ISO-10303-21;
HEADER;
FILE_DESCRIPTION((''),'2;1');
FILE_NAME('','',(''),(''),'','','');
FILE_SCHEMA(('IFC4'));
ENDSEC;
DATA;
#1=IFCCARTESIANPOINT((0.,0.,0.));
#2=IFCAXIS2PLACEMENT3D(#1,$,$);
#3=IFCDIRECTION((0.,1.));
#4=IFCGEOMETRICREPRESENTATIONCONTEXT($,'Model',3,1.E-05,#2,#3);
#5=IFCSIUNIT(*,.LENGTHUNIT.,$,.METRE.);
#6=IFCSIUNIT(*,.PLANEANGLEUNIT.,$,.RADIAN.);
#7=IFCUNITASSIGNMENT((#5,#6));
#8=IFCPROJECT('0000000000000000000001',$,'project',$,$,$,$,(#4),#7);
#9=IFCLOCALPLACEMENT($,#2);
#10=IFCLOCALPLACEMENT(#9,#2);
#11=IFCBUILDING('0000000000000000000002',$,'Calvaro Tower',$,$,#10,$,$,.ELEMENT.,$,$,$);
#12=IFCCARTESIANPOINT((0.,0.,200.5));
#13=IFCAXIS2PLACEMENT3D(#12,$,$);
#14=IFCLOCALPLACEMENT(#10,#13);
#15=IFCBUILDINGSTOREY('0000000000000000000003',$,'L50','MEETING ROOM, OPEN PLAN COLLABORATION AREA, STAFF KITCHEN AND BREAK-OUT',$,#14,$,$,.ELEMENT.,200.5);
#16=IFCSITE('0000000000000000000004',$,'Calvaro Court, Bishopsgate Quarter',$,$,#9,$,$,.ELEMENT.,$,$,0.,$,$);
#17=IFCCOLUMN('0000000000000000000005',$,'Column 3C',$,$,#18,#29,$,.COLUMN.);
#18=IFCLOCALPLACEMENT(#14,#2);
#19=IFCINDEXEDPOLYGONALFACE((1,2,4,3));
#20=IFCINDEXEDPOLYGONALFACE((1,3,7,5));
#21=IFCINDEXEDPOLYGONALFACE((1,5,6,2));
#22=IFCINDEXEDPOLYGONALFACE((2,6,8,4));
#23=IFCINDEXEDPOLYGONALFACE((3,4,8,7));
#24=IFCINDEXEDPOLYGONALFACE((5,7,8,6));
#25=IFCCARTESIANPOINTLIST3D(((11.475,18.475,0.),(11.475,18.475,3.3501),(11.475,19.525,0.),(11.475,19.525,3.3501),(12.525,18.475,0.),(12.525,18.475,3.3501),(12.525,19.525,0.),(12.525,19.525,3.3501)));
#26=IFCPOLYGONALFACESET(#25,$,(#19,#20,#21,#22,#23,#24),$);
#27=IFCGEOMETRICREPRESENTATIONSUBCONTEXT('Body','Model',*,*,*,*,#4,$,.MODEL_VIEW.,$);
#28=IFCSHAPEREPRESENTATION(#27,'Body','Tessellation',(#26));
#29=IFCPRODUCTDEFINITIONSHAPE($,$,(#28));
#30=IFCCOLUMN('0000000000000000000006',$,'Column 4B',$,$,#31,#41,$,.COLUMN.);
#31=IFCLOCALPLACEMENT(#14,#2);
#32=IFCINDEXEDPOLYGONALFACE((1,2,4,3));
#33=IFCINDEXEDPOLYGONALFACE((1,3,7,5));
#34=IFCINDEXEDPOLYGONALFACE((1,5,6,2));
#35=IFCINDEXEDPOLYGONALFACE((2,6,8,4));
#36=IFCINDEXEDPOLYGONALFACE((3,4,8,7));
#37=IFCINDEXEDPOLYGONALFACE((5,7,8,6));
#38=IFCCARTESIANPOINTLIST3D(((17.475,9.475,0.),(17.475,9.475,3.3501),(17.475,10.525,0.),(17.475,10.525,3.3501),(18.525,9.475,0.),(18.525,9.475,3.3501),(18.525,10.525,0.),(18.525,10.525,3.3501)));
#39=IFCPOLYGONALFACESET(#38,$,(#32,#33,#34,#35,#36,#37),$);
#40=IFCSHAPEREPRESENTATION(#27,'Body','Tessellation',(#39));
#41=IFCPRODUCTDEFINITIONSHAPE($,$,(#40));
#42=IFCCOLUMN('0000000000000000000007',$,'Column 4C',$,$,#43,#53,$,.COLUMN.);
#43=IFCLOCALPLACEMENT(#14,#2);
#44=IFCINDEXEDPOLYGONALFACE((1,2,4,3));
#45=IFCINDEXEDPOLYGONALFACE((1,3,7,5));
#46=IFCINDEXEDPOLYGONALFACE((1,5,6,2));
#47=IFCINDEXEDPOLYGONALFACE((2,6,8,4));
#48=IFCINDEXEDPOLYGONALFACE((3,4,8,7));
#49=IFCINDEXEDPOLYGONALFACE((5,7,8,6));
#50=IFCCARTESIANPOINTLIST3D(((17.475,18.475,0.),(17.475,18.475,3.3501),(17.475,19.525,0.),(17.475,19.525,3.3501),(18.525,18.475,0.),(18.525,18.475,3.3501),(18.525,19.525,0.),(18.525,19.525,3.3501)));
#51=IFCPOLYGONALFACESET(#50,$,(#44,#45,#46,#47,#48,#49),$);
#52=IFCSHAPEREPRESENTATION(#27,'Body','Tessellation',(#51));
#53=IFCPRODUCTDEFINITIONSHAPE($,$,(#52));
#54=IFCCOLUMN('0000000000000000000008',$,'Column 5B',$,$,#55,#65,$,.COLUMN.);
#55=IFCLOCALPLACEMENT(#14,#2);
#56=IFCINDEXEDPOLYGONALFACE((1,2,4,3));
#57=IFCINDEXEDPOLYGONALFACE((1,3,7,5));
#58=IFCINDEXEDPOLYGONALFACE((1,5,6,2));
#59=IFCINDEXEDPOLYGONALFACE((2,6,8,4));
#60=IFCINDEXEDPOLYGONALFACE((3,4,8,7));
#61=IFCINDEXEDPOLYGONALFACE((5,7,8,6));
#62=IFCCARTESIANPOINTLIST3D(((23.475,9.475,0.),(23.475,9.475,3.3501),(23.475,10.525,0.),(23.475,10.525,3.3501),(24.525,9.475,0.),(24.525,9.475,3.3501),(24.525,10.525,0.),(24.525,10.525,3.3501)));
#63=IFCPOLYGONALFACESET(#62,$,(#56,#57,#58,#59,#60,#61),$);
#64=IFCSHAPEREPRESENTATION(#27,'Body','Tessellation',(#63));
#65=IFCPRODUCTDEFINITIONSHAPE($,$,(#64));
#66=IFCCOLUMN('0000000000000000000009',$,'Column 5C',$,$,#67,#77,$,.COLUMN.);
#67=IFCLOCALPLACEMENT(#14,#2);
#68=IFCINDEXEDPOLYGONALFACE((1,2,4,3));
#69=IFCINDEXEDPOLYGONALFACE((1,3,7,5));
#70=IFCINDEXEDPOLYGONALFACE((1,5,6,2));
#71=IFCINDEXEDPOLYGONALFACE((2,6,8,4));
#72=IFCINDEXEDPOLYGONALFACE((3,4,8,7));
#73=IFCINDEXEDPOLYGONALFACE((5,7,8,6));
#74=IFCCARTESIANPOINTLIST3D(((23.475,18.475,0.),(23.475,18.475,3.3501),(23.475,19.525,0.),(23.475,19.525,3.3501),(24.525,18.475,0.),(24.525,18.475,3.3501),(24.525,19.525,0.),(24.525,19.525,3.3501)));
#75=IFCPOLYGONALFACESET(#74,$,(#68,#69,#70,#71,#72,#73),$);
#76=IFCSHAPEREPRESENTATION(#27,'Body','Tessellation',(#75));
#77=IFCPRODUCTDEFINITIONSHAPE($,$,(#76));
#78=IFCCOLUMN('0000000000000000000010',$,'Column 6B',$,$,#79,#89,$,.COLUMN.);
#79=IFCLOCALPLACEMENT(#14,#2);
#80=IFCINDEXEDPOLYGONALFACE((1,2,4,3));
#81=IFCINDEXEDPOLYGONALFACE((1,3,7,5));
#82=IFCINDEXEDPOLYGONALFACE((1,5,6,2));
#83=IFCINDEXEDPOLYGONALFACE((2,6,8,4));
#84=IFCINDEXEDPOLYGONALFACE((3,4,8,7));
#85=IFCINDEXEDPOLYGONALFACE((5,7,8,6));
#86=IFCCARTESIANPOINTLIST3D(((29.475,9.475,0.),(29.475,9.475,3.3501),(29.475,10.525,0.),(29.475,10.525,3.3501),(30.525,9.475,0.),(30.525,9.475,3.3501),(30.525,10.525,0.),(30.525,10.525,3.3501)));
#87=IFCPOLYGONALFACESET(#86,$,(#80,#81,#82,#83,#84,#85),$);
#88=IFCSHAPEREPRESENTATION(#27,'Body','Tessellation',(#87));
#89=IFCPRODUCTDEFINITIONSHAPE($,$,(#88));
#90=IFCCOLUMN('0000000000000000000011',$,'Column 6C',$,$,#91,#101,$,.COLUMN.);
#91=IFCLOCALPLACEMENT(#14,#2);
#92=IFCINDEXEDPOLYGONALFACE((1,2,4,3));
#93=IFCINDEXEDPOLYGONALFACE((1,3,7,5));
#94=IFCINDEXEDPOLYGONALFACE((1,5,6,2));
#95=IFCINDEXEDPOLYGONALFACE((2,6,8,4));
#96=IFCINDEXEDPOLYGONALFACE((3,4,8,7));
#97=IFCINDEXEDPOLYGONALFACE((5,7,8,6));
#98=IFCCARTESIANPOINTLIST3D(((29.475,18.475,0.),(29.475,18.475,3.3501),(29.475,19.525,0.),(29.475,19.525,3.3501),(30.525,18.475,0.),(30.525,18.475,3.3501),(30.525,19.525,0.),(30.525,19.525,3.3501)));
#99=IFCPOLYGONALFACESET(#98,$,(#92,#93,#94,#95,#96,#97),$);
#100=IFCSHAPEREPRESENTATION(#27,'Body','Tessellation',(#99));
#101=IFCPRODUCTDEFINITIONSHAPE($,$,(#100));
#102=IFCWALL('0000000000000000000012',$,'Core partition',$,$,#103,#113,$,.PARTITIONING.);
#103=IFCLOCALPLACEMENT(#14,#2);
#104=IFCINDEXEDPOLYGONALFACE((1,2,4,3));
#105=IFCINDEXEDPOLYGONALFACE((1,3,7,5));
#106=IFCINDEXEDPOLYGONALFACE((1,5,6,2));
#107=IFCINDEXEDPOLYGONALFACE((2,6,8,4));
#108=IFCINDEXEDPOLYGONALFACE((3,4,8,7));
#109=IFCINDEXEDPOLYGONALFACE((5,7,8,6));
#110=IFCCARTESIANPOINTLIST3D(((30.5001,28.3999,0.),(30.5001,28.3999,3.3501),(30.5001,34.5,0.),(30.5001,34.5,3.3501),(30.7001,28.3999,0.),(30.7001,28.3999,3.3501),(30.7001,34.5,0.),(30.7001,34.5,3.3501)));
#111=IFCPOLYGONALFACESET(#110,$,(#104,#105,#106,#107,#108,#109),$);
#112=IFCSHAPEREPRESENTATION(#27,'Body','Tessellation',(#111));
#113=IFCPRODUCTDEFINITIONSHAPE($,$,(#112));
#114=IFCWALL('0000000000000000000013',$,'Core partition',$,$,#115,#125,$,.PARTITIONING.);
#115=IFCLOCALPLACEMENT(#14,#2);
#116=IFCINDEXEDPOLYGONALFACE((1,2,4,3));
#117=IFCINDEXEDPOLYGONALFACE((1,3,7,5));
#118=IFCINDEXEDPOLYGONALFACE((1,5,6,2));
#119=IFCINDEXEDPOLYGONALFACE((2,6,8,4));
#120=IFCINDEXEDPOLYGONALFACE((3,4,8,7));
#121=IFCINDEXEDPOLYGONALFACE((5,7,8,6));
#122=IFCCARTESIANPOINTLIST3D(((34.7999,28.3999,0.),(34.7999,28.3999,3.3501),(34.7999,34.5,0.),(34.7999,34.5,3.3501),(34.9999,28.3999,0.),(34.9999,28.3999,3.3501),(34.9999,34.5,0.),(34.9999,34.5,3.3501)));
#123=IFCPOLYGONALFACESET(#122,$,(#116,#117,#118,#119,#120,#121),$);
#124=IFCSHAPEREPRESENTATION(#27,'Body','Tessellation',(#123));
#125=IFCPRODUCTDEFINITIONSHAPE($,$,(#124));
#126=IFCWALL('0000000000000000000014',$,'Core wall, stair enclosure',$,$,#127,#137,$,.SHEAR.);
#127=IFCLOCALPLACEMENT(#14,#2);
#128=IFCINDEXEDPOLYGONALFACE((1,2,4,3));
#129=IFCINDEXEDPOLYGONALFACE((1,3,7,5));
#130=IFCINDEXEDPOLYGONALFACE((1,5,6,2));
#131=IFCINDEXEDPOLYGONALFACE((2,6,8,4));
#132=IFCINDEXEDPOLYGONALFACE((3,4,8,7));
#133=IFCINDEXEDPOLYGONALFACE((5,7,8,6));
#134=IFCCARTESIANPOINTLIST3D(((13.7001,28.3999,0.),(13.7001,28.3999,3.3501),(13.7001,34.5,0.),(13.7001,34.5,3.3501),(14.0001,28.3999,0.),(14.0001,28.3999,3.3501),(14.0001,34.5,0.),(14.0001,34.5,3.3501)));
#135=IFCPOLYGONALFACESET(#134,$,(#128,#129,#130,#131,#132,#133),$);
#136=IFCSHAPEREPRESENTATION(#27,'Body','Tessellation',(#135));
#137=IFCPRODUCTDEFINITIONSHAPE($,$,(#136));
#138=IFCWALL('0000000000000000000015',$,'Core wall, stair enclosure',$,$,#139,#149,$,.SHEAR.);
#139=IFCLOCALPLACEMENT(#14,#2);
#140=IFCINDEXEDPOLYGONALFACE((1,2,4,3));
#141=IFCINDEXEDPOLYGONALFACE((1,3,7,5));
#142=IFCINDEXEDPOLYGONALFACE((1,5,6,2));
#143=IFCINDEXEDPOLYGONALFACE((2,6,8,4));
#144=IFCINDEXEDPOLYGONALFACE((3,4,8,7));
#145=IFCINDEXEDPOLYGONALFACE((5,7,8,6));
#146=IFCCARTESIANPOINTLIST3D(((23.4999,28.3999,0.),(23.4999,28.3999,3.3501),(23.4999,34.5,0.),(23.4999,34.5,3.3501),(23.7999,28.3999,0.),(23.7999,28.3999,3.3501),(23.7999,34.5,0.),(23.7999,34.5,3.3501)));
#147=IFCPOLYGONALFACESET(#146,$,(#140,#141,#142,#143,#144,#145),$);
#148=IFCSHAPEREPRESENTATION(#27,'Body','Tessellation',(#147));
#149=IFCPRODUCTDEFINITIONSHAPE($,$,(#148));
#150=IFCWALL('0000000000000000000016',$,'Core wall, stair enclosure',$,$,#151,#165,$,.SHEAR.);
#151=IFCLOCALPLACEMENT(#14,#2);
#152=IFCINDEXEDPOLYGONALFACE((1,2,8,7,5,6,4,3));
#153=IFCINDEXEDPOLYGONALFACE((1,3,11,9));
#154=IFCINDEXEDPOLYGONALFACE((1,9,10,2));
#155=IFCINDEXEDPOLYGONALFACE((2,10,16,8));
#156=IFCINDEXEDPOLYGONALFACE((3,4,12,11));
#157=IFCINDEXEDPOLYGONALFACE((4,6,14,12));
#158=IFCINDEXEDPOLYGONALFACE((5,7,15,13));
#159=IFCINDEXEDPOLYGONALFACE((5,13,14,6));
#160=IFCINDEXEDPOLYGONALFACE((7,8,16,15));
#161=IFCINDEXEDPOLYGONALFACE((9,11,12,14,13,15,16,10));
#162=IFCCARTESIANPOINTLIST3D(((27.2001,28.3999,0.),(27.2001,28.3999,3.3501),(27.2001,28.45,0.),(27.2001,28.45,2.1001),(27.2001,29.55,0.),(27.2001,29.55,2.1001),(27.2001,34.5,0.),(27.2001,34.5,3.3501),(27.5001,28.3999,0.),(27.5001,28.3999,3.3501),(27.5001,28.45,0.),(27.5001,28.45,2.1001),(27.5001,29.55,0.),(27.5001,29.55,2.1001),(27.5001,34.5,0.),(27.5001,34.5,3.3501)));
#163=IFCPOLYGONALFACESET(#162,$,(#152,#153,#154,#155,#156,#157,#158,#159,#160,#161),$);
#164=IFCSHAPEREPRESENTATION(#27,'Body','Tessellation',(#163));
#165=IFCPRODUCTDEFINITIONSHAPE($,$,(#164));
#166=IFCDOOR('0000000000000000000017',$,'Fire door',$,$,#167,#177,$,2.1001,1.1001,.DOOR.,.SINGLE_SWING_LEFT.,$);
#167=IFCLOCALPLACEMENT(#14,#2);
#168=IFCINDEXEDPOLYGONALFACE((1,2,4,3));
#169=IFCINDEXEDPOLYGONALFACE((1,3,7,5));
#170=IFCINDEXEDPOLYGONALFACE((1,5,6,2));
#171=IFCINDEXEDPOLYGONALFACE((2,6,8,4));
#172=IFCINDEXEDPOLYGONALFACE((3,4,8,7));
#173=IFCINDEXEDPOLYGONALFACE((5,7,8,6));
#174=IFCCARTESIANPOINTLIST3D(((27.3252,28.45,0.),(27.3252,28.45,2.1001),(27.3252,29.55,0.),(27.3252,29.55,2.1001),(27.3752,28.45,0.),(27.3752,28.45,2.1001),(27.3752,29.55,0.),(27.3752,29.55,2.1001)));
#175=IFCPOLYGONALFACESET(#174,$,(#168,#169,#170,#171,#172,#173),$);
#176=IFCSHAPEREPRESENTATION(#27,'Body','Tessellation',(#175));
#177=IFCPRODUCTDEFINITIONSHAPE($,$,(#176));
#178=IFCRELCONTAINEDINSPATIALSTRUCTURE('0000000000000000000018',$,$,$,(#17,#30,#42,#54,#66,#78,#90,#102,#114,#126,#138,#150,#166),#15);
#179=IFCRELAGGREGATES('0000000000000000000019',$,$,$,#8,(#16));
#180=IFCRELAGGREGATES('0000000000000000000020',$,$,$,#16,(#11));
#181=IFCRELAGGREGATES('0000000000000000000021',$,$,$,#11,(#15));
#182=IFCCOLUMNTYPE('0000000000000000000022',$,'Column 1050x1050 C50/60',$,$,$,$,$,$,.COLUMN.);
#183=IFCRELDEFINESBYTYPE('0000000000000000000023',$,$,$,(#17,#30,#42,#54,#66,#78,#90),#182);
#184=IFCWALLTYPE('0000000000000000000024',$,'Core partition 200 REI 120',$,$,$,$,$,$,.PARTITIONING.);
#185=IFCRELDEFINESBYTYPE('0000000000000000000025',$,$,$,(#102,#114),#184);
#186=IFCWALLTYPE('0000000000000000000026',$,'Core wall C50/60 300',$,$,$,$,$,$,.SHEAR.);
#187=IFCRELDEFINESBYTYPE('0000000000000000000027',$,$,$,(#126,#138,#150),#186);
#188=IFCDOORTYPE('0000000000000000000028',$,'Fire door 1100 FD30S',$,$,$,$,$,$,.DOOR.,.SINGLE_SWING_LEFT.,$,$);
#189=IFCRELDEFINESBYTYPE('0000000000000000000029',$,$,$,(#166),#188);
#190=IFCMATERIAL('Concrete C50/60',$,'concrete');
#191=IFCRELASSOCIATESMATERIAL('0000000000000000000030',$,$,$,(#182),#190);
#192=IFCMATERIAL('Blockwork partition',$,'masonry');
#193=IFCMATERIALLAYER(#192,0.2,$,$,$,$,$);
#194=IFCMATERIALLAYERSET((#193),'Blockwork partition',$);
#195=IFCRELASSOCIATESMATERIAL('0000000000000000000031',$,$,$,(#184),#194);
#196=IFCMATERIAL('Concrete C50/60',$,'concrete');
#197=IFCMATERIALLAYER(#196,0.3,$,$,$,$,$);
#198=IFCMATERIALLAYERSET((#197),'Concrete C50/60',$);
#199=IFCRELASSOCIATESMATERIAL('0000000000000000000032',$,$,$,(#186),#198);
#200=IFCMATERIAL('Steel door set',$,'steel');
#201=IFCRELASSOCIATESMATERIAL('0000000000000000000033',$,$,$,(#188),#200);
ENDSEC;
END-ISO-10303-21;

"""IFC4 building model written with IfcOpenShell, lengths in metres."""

from ifc_helpers import new_model, si_unit, direction, frame, frame_2d, origin, origin_2d, place, context, subcontext, project, spatial, rectangle, extrude, material, layer, layer_set, material_profile, profile_set, type_object, element, fill, save


model = new_model("IFC4")

# Units and contexts
model_context = context("Model", 3, precision=1e-05, world=origin(), true_north=direction((0.0, 1.0)))
body_context = subcontext(model_context, "Body", "Model", "MODEL_VIEW")
ifc_project = project(units=[si_unit("LENGTHUNIT", "METRE"), si_unit("PLANEANGLEUNIT", "RADIAN")], contexts=[model_context])

# Site, building, storey
site_placement = place(None, origin())
site = spatial("IfcSite", under=ifc_project, at=site_placement, Name="Calvaro Court, Bishopsgate Quarter", CompositionType="ELEMENT", RefElevation=0.0)
building_placement = place(site_placement, origin())
building = spatial("IfcBuilding", under=site, at=building_placement, Name="Calvaro Tower", CompositionType="ELEMENT")
storey_placement = place(building_placement, frame((0.0, 0.0, 200.5)))
storey = spatial("IfcBuildingStorey", under=building, at=storey_placement, Name="L50", Description="MEETING ROOM, OPEN PLAN COLLABORATION AREA, STAFF KITCHEN AND BREAK-OUT", CompositionType="ELEMENT", Elevation=200.5)

# Columns
ifc_material_1 = material(Name="Concrete C50/60", Category="concrete")
ifc_material_profile = material_profile(ifc_material_1, rectangle(XDim=1.05, YDim=1.05, at=origin_2d()), Name="RC 1050x1050")
ifc_profile_set = profile_set([ifc_material_profile], Name="Concrete C50/60")
column_type = type_object("IfcColumnType", Name="Column 1050x1050 C50/60", PredefinedType="COLUMN", material=ifc_profile_set)
for number, where, z_axis, x_axis, name in (
    (1, (12.0, 19.0, 0.0), (0.0, 0.0, 1.0), (1.0, 0.0, 0.0), "Column 3C"),
    (2, (18.0, 10.0, 0.0), (0.0, 0.0, 1.0), (1.0, 0.0, 0.0), "Column 4B"),
    (3, (18.0, 19.0, 0.0), (0.0, 0.0, 1.0), (1.0, 0.0, 0.0), "Column 4C"),
    (4, (24.0, 10.0, 0.0), (0.0, 0.0, 1.0), (1.0, 0.0, 0.0), "Column 5B"),
    (5, (24.0, 19.0, 0.0), (0.0, 0.0, 1.0), (1.0, 0.0, 0.0), "Column 5C"),
    (6, (30.0, 10.0, 0.0), (0.0, 0.0, 1.0), (1.0, 0.0, 0.0), "Column 6B"),
    (7, (30.0, 19.0, 0.0), (0.0, 0.0, 1.0), (1.0, 0.0, 0.0), "Column 6C"),
):
    element("IfcColumn", number, at=place(storey_placement, frame(where, z_axis=z_axis, x_axis=x_axis)), inside=storey, type_object=column_type, Name=name, PredefinedType="COLUMN", context=body_context, shape_type="SweptSolid", body=[
        extrude(rectangle(XDim=1.05, YDim=1.05, at=origin_2d()), origin(), (0.0, 0.0, 1.0), 3.3501),
    ])

# Walls
ifc_material_2 = material(Name="Blockwork partition", Category="masonry")
ifc_layer_1 = layer(ifc_material_2, 0.2)
ifc_layer_set_1 = layer_set([ifc_layer_1], Name="Blockwork partition")
wall_type_1 = type_object("IfcWallType", Name="Core partition 200 REI 120", PredefinedType="PARTITIONING", material=ifc_layer_set_1)
for number, where, z_axis, x_axis, name in (
    (8, (30.6001, 28.3999, 0.0), (0.0, 0.0, 1.0), (0.0, 1.0, 0.0), "Core partition"),
    (9, (34.8999, 28.3999, 0.0), (0.0, 0.0, 1.0), (0.0, 1.0, 0.0), "Core partition"),
):
    element("IfcWall", number, at=place(storey_placement, frame(where, z_axis=z_axis, x_axis=x_axis)), inside=storey, type_object=wall_type_1, Name=name, PredefinedType="PARTITIONING", context=body_context, shape_type="SweptSolid", body=[
        extrude(rectangle(XDim=6.1001, YDim=0.2, at=frame_2d((3.05, 0.0))), origin(), (0.0, 0.0, 1.0), 3.3501),
    ])
ifc_material_3 = material(Name="Concrete C50/60", Category="concrete")
ifc_layer_2 = layer(ifc_material_3, 0.3)
ifc_layer_set_2 = layer_set([ifc_layer_2], Name="Concrete C50/60")
wall_type_2 = type_object("IfcWallType", Name="Core wall C50/60 300", PredefinedType="SHEAR", material=ifc_layer_set_2)
for number, where, z_axis, x_axis, name in (
    (10, (13.8501, 28.3999, 0.0), (0.0, 0.0, 1.0), (0.0, 1.0, 0.0), "Core wall, stair enclosure"),
    (11, (23.6499, 28.3999, 0.0), (0.0, 0.0, 1.0), (0.0, 1.0, 0.0), "Core wall, stair enclosure"),
):
    element("IfcWall", number, at=place(storey_placement, frame(where, z_axis=z_axis, x_axis=x_axis)), inside=storey, type_object=wall_type_2, Name=name, PredefinedType="SHEAR", context=body_context, shape_type="SweptSolid", body=[
        extrude(rectangle(XDim=6.1001, YDim=0.3, at=frame_2d((3.05, 0.0))), origin(), (0.0, 0.0, 1.0), 3.3501),
    ])

# Wall, opening, door
wall_1_placement = place(storey_placement, frame((27.3501, 28.3999, 0.0), z_axis=(0.0, 0.0, 1.0), x_axis=(0.0, 1.0, 0.0)))
wall_1 = element("IfcWall", 12, at=wall_1_placement, inside=storey, type_object=wall_type_2, Name="Core wall, stair enclosure", PredefinedType="SHEAR", context=body_context, shape_type="SweptSolid", body=[
    extrude(rectangle(XDim=6.1001, YDim=0.3, at=frame_2d((3.05, 0.0))), origin(), (0.0, 0.0, 1.0), 3.3501),
])
opening_1_placement = place(wall_1_placement, frame((0.05, 0.0, 0.0)))
opening_1 = element("IfcOpeningElement", 13, at=opening_1_placement, cuts=wall_1, PredefinedType="OPENING", context=body_context, shape_type="SweptSolid", body=[
    extrude(rectangle(XDim=1.1001, YDim=2.1001, at=frame_2d((0.55, 1.05))), frame((0.0, 0.1599, 0.0), z_axis=(0.0, -1.0, 0.0), x_axis=(1.0, 0.0, 0.0)), (0.0, 0.0, 1.0), 0.3201),
])
ifc_material_4 = material(Name="Steel door set", Category="steel")
door_type_1 = type_object("IfcDoorType", Name="Fire door 1100 FD30S", OperationType="SINGLE_SWING_LEFT", PredefinedType="DOOR", material=ifc_material_4)
door_1_placement = place(opening_1_placement, origin())
door_1 = element("IfcDoor", 14, at=door_1_placement, inside=storey, type_object=door_type_1, Name="Fire door", OperationType="SINGLE_SWING_LEFT", OverallHeight=2.1001, OverallWidth=1.1001, PredefinedType="DOOR", context=body_context, shape_type="SweptSolid", body=[
    extrude(rectangle(XDim=1.1001, YDim=2.1001, at=frame_2d((0.55, 1.05))), frame((0.0, 0.0249, 0.0), z_axis=(0.0, -1.0, 0.0), x_axis=(1.0, 0.0, 0.0)), (0.0, 0.0, 1.0), 0.05),
])
fill(opening_1, door_1)

save(model, "model.ifc")
